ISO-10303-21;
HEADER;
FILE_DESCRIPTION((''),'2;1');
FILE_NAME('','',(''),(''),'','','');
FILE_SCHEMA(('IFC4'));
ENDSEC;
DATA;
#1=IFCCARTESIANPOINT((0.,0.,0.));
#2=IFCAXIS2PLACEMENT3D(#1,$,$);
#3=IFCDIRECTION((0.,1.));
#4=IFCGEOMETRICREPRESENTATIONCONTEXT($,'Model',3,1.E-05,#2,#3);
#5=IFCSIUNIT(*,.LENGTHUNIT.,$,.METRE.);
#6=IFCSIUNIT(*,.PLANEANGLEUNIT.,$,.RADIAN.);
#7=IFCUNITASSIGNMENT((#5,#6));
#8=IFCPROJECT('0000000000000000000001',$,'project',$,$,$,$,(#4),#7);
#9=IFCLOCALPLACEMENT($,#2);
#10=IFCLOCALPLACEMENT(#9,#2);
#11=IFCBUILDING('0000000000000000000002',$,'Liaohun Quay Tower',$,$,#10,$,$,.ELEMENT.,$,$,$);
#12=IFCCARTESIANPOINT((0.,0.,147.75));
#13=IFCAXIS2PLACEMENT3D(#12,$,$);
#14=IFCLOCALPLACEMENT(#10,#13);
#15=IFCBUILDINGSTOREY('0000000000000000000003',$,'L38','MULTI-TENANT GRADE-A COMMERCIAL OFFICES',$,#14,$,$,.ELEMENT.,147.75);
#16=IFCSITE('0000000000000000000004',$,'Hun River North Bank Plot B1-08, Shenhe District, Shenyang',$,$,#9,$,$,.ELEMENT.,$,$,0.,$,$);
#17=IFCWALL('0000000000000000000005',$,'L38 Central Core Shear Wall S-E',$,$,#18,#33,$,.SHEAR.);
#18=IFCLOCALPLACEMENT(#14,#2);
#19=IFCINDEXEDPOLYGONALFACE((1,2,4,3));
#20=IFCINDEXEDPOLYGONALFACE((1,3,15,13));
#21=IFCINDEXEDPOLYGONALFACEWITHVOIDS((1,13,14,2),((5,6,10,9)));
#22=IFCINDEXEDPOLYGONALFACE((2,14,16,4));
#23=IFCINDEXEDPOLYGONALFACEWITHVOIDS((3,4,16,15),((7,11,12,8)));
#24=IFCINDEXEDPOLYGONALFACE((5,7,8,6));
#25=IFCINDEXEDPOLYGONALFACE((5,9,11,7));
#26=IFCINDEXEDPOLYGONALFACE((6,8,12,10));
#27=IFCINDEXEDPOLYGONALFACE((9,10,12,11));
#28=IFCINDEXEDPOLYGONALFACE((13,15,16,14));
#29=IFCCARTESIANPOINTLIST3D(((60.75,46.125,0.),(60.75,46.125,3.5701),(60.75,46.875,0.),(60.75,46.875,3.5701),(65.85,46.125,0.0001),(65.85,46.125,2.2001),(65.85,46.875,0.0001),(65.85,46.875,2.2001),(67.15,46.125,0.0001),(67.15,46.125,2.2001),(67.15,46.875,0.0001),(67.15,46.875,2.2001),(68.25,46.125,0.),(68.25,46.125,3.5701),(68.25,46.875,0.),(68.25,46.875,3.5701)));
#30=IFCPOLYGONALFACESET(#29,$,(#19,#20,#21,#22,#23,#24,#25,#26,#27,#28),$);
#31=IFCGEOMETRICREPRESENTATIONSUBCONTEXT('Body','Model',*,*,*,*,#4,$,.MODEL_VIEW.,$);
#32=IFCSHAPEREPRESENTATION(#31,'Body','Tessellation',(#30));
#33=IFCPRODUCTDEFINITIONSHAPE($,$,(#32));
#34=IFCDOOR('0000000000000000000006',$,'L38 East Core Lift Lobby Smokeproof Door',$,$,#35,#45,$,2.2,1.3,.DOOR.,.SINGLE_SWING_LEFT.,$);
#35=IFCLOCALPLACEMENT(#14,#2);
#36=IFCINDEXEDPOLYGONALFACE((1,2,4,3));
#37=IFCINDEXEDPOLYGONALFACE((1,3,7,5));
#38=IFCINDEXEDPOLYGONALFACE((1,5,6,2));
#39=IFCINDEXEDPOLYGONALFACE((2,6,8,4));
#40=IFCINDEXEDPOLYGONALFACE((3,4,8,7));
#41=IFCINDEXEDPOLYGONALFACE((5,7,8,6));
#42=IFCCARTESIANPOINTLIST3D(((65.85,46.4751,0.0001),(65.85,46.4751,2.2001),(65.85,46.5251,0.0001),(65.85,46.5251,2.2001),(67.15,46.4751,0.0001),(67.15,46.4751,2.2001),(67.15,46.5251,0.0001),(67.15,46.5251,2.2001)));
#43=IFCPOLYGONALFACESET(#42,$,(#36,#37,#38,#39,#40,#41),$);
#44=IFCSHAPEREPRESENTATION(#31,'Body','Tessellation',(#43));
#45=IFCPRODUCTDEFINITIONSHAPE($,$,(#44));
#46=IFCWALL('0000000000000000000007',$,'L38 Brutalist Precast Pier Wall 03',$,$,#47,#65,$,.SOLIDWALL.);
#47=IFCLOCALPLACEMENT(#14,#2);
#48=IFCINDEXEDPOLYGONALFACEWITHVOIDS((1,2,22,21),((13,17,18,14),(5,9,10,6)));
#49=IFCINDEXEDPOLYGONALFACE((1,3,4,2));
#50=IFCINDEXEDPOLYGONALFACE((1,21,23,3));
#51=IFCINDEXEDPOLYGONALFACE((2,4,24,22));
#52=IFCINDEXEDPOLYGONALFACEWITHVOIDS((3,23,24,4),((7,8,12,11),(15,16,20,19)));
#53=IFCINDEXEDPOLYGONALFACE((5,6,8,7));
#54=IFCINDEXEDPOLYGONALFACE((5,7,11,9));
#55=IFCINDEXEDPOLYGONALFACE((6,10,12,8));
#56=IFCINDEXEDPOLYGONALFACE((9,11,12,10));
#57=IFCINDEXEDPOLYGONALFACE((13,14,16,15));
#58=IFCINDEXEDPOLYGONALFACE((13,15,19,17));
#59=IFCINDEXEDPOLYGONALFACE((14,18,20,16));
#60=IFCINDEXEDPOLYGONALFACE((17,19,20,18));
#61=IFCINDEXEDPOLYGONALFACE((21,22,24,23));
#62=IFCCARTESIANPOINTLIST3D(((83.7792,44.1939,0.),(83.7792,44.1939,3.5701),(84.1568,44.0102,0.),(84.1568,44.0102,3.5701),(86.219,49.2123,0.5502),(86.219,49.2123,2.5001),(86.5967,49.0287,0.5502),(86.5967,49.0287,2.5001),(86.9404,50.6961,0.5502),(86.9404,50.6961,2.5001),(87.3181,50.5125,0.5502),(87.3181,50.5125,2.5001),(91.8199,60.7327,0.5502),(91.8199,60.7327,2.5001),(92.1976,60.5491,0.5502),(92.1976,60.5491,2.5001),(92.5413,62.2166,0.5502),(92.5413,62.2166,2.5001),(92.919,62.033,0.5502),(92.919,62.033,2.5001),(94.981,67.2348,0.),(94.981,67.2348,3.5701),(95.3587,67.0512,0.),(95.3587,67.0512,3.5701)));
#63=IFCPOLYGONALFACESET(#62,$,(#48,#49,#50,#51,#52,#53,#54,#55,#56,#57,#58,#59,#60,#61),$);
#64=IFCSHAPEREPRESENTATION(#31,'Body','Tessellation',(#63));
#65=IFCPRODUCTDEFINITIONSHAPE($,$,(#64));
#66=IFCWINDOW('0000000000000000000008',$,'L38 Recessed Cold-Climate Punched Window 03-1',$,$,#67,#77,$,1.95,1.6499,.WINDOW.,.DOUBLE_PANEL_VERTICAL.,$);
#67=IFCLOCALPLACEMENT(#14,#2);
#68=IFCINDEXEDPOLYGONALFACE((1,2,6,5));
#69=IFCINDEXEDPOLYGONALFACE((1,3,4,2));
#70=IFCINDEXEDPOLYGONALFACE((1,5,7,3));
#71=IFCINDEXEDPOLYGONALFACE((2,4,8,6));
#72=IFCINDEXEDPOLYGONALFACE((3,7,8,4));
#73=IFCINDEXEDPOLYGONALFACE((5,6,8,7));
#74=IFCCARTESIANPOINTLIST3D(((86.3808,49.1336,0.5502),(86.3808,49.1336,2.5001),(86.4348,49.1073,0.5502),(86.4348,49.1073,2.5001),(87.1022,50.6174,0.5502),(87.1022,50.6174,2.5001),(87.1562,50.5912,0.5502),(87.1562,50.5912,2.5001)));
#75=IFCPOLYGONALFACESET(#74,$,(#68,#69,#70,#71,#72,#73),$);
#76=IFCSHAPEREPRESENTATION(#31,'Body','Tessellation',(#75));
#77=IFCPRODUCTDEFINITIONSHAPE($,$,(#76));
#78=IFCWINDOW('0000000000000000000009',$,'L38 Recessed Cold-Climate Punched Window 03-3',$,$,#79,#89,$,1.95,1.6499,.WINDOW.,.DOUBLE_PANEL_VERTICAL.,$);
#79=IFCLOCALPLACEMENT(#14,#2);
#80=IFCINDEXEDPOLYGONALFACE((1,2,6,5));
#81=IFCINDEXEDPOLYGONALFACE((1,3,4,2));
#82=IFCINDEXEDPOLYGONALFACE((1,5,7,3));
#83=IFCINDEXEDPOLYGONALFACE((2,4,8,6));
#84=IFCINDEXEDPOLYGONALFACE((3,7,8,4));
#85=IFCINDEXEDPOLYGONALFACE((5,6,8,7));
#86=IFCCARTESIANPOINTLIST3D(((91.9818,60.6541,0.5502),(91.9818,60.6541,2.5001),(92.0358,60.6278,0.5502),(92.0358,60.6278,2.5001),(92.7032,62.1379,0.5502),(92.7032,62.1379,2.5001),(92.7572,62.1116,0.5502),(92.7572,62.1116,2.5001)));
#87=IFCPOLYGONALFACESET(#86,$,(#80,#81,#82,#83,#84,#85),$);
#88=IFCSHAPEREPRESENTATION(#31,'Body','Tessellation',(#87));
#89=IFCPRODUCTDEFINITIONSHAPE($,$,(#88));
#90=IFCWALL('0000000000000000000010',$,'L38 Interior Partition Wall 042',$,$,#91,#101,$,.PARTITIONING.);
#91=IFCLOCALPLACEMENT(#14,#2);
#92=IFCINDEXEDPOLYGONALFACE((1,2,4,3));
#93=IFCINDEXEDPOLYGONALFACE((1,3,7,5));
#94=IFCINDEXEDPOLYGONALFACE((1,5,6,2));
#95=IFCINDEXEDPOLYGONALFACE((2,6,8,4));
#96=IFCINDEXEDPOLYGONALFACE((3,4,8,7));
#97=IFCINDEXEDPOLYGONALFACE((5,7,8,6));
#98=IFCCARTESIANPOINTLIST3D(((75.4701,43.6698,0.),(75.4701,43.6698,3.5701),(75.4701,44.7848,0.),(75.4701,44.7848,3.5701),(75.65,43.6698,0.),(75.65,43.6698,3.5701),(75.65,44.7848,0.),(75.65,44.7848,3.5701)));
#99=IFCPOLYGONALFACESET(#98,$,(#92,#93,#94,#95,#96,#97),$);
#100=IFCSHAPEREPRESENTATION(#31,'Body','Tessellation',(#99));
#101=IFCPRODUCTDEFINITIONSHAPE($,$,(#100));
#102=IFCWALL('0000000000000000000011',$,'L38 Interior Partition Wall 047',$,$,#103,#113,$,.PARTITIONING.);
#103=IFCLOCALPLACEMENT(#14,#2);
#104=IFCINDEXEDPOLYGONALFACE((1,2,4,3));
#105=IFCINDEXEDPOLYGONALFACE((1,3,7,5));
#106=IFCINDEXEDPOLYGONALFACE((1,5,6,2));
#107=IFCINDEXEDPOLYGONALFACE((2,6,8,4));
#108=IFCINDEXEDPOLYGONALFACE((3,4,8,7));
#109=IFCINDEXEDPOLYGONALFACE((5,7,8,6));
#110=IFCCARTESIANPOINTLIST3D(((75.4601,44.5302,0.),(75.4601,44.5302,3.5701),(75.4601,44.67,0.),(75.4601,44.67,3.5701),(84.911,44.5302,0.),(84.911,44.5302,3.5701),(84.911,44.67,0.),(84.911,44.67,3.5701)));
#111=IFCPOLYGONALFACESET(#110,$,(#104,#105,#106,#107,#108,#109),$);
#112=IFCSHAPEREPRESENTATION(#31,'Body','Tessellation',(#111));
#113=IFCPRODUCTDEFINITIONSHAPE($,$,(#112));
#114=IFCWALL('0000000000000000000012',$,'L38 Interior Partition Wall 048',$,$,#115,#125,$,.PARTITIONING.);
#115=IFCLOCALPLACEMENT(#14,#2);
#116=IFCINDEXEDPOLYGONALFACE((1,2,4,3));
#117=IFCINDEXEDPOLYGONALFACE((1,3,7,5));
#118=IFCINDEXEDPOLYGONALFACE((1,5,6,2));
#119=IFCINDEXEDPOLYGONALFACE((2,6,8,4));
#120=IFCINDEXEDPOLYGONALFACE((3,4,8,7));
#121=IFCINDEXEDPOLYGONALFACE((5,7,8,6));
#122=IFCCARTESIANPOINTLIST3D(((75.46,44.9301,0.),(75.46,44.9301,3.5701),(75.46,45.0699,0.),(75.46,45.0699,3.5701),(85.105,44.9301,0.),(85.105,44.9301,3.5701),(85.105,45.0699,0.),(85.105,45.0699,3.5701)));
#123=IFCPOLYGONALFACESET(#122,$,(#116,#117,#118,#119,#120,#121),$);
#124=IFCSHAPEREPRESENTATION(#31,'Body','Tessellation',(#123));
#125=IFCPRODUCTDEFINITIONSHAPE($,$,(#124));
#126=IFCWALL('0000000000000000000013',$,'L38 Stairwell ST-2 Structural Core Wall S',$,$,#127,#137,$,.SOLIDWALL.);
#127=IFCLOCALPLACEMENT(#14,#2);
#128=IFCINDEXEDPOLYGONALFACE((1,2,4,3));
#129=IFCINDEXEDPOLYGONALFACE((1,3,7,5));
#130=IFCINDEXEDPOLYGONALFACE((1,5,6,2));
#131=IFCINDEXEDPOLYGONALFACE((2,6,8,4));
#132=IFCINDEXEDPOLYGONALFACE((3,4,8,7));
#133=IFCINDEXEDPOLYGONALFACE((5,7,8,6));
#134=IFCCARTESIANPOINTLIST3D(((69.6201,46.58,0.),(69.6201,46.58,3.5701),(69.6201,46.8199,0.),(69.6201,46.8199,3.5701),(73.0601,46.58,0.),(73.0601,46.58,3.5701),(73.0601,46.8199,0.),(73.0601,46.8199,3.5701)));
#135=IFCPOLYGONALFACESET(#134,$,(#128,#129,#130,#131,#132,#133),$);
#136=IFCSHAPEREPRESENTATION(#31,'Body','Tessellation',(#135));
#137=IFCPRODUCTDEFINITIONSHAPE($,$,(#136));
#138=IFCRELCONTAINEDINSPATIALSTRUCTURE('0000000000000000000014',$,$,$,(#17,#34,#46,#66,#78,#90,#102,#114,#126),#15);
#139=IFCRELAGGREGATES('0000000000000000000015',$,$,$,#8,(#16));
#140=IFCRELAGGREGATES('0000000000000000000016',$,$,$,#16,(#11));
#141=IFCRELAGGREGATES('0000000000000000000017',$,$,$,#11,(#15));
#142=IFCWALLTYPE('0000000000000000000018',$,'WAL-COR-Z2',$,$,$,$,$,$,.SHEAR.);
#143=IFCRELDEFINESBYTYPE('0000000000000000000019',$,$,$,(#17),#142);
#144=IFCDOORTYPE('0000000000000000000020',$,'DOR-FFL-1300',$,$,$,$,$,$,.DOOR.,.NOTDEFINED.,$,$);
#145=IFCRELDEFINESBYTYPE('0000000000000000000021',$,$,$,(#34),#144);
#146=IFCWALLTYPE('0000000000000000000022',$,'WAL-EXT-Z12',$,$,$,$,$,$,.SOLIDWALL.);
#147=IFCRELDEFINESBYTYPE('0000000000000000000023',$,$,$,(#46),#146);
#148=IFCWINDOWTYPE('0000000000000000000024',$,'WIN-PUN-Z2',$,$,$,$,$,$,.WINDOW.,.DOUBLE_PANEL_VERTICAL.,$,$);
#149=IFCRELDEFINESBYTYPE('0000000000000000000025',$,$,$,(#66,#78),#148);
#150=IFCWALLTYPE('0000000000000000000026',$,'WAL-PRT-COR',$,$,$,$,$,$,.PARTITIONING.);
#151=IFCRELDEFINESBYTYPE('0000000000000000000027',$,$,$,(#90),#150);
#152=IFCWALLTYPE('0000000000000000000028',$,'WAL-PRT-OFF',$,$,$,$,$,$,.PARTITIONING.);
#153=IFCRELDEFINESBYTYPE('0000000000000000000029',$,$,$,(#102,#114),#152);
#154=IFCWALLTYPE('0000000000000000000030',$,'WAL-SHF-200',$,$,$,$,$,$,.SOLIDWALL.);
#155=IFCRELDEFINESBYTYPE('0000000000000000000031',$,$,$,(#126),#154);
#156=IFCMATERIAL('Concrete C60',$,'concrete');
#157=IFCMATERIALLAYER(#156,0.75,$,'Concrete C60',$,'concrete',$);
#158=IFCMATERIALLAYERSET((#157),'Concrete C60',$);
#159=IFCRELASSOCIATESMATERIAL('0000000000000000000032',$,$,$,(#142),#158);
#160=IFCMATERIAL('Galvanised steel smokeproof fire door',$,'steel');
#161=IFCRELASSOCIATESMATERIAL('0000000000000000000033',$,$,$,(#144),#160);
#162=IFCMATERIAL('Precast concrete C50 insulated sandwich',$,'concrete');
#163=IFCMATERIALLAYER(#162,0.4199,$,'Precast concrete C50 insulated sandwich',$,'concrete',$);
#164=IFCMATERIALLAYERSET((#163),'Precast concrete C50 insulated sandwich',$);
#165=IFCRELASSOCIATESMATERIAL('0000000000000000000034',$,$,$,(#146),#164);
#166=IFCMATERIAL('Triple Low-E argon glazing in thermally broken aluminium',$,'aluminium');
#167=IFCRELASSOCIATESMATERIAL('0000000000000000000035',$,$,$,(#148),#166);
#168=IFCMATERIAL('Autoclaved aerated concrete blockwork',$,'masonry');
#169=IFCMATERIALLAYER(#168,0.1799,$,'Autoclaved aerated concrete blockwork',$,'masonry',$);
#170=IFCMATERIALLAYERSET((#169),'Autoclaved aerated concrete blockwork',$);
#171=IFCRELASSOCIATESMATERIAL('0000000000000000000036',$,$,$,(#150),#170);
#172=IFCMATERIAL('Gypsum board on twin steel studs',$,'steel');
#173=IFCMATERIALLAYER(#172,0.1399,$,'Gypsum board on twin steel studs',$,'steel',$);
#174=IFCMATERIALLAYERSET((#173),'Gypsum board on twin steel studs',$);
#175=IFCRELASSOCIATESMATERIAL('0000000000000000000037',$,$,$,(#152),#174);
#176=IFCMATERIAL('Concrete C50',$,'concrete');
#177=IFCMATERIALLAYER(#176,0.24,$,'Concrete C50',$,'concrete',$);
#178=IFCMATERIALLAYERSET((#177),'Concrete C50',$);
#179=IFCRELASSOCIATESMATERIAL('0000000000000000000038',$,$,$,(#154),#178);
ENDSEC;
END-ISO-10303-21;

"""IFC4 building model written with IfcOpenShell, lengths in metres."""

from ifc_helpers import new_model, si_unit, direction, frame, frame_2d, origin, place, context, subcontext, project, spatial, rectangle, extrude, source, transform, mapped, material, layer, layer_set, type_object, element, fill, save


model = new_model("IFC4")

# Units and contexts
model_context = context("Model", 3, precision=1e-05, world=origin(), true_north=direction((0.0, 1.0)))
body_context = subcontext(model_context, "Body", "Model", "MODEL_VIEW")
ifc_project = project(units=[si_unit("LENGTHUNIT", "METRE"), si_unit("PLANEANGLEUNIT", "RADIAN")], contexts=[model_context])

# Site, building, storey
site_placement = place(None, origin())
site = spatial("IfcSite", under=ifc_project, at=site_placement, Name="Hun River North Bank Plot B1-08, Shenhe District, Shenyang", CompositionType="ELEMENT", RefElevation=0.0)
building_placement = place(site_placement, origin())
building = spatial("IfcBuilding", under=site, at=building_placement, Name="Liaohun Quay Tower", CompositionType="ELEMENT")
storey_placement = place(building_placement, frame((0.0, 0.0, 147.75)))
storey = spatial("IfcBuildingStorey", under=building, at=storey_placement, Name="L38", Description="MULTI-TENANT GRADE-A COMMERCIAL OFFICES", CompositionType="ELEMENT", Elevation=147.75)

# Shared definitions
ifc_material_1 = material(Name="Concrete C60", Category="concrete")

# Wall, opening, door
ifc_layer_1 = layer(ifc_material_1, 0.75, Name="Concrete C60", Category="concrete")
ifc_layer_set_1 = layer_set([ifc_layer_1], Name="Concrete C60")
wall_type_1 = type_object("IfcWallType", Name="WAL-COR-Z2", PredefinedType="SHEAR", material=ifc_layer_set_1)
wall_1_placement = place(storey_placement, frame((68.25, 46.5, 0.0), z_axis=(0.0, 0.0, 1.0), x_axis=(-1.0, 0.0, 0.0)))
wall_1 = element("IfcWall", 1, at=wall_1_placement, inside=storey, type_object=wall_type_1, Name="L38 Central Core Shear Wall S-E", PredefinedType="SHEAR", context=body_context, shape_type="SweptSolid", body=[
    extrude(rectangle(XDim=7.5, YDim=0.75, at=frame_2d((3.75, 0.0))), origin(), (0.0, 0.0, 1.0), 3.5701),
])
shared_shape_1 = source(origin(), body_context, "Body", "SweptSolid", [
    extrude(rectangle(XDim=1.3, YDim=2.2, at=frame_2d((0.6499, 1.1001))), frame((0.0, 0.385, 0.0), z_axis=(0.0, -1.0, 0.0), x_axis=(1.0, 0.0, 0.0)), (0.0, 0.0, 1.0), 0.77),
])
opening_1_placement = place(wall_1_placement, frame((1.1001, 0.0, 0.0)))
opening_1 = element("IfcOpeningElement", 2, at=opening_1_placement, cuts=wall_1, PredefinedType="OPENING", context=body_context, shape_type="MappedRepresentation", body=[
    mapped(shared_shape_1, transform((0.0, 0.0, 0.0), x_axis=(1.0, 0.0, 0.0), y_axis=(0.0, 1.0, 0.0), z_axis=(0.0, 0.0, 1.0), scale=1.0)),
])
ifc_material_2 = material(Name="Galvanised steel smokeproof fire door", Category="steel")
door_type = type_object("IfcDoorType", Name="DOR-FFL-1300", OperationType="NOTDEFINED", PredefinedType="DOOR", material=ifc_material_2)
shared_shape_2 = source(origin(), body_context, "Body", "SweptSolid", [
    extrude(rectangle(XDim=1.3, YDim=2.2, at=frame_2d((0.6499, 1.1001))), frame((0.0, 0.0249, 0.0), z_axis=(0.0, -1.0, 0.0), x_axis=(1.0, 0.0, 0.0)), (0.0, 0.0, 1.0), 0.05),
])
door_placement = place(opening_1_placement, origin())
door = element("IfcDoor", 3, at=door_placement, inside=storey, type_object=door_type, Name="L38 East Core Lift Lobby Smokeproof Door", OperationType="SINGLE_SWING_LEFT", OverallHeight=2.2, OverallWidth=1.3, PredefinedType="DOOR", context=body_context, shape_type="MappedRepresentation", body=[
    mapped(shared_shape_2, transform((0.0, 0.0, 0.0), x_axis=(1.0, 0.0, 0.0), y_axis=(0.0, 1.0, 0.0), z_axis=(0.0, 0.0, 1.0), scale=1.0)),
])
fill(opening_1, door)

# Wall, openings, windows
ifc_material_3 = material(Name="Precast concrete C50 insulated sandwich", Category="concrete")
ifc_layer_2 = layer(ifc_material_3, 0.4199, Name="Precast concrete C50 insulated sandwich", Category="concrete")
ifc_layer_set_2 = layer_set([ifc_layer_2], Name="Precast concrete C50 insulated sandwich")
wall_type_2 = type_object("IfcWallType", Name="WAL-EXT-Z12", PredefinedType="SOLIDWALL", material=ifc_layer_set_2)
wall_2_placement = place(storey_placement, frame((83.968, 44.1021, 0.0), z_axis=(0.0, 0.0, 1.0), x_axis=(0.437237, 0.899346, 0.0)))
wall_2 = element("IfcWall", 4, at=wall_2_placement, inside=storey, type_object=wall_type_2, Name="L38 Brutalist Precast Pier Wall 03", PredefinedType="SOLIDWALL", context=body_context, shape_type="SweptSolid", body=[
    extrude(rectangle(XDim=25.6196, YDim=0.4199, at=frame_2d((12.8098, 0.0))), origin(), (0.0, 0.0, 1.0), 3.5701),
])
shared_shape_3 = source(origin(), body_context, "Body", "SweptSolid", [
    extrude(rectangle(XDim=1.6499, YDim=1.95, at=frame_2d((0.825, 0.9751))), frame((0.0, 0.22, 0.0), z_axis=(0.0, -1.0, 0.0), x_axis=(1.0, 0.0, 0.0)), (0.0, 0.0, 1.0), 0.4399),
])
opening_2_placement = place(wall_2_placement, frame((5.5801, 0.0, 0.55)))
opening_2 = element("IfcOpeningElement", 5, at=opening_2_placement, cuts=wall_2, PredefinedType="OPENING", context=body_context, shape_type="MappedRepresentation", body=[
    mapped(shared_shape_3, transform((0.0, 0.0, 0.0), x_axis=(1.0, 0.0, 0.0), y_axis=(0.0, 1.0, 0.0), z_axis=(0.0, 0.0, 1.0), scale=1.0)),
])
opening_3_placement = place(wall_2_placement, frame((18.3899, 0.0, 0.55)))
opening_3 = element("IfcOpeningElement", 6, at=opening_3_placement, cuts=wall_2, PredefinedType="OPENING", context=body_context, shape_type="MappedRepresentation", body=[
    mapped(shared_shape_3, transform((0.0, 0.0, 0.0), x_axis=(1.0, 0.0, 0.0), y_axis=(0.0, 1.0, 0.0), z_axis=(0.0, 0.0, 1.0), scale=1.0)),
])
ifc_material_4 = material(Name="Triple Low-E argon glazing in thermally broken aluminium", Category="aluminium")
window_type = type_object("IfcWindowType", Name="WIN-PUN-Z2", PartitioningType="DOUBLE_PANEL_VERTICAL", PredefinedType="WINDOW", material=ifc_material_4)
shared_shape_4 = source(origin(), body_context, "Body", "SweptSolid", [
    extrude(rectangle(XDim=1.6499, YDim=1.95, at=frame_2d((0.825, 0.9751))), frame((0.0, 0.03, 0.0), z_axis=(0.0, -1.0, 0.0), x_axis=(1.0, 0.0, 0.0)), (0.0, 0.0, 1.0), 0.0601),
])
window_1_placement = place(opening_2_placement, origin())
window_1 = element("IfcWindow", 7, at=window_1_placement, inside=storey, type_object=window_type, Name="L38 Recessed Cold-Climate Punched Window 03-1", OverallHeight=1.95, OverallWidth=1.6499, PartitioningType="DOUBLE_PANEL_VERTICAL", PredefinedType="WINDOW", context=body_context, shape_type="MappedRepresentation", body=[
    mapped(shared_shape_4, transform((0.0, 0.0, 0.0), x_axis=(1.0, 0.0, 0.0), y_axis=(0.0, 1.0, 0.0), z_axis=(0.0, 0.0, 1.0), scale=1.0)),
])
fill(opening_2, window_1)
window_2_placement = place(opening_3_placement, origin())
window_2 = element("IfcWindow", 8, at=window_2_placement, inside=storey, type_object=window_type, Name="L38 Recessed Cold-Climate Punched Window 03-3", OverallHeight=1.95, OverallWidth=1.6499, PartitioningType="DOUBLE_PANEL_VERTICAL", PredefinedType="WINDOW", context=body_context, shape_type="MappedRepresentation", body=[
    mapped(shared_shape_4, transform((0.0, 0.0, 0.0), x_axis=(1.0, 0.0, 0.0), y_axis=(0.0, 1.0, 0.0), z_axis=(0.0, 0.0, 1.0), scale=1.0)),
])
fill(opening_3, window_2)

# Walls
ifc_material_5 = material(Name="Autoclaved aerated concrete blockwork", Category="masonry")
ifc_layer_3 = layer(ifc_material_5, 0.1799, Name="Autoclaved aerated concrete blockwork", Category="masonry")
ifc_layer_set_3 = layer_set([ifc_layer_3], Name="Autoclaved aerated concrete blockwork")
wall_type_3 = type_object("IfcWallType", Name="WAL-PRT-COR", PredefinedType="PARTITIONING", material=ifc_layer_set_3)
wall_3_placement = place(storey_placement, frame((75.5601, 44.7849, 0.0), z_axis=(0.0, 0.0, 1.0), x_axis=(0.0, -1.0, 0.0)))
element("IfcWall", 9, at=wall_3_placement, inside=storey, type_object=wall_type_3, Name="L38 Interior Partition Wall 042", PredefinedType="PARTITIONING", context=body_context, shape_type="SweptSolid", body=[
    extrude(rectangle(XDim=1.115, YDim=0.1799, at=frame_2d((0.5576, 0.0))), origin(), (0.0, 0.0, 1.0), 3.5701),
])
ifc_material_6 = material(Name="Gypsum board on twin steel studs", Category="steel")
ifc_layer_4 = layer(ifc_material_6, 0.1399, Name="Gypsum board on twin steel studs", Category="steel")
ifc_layer_set_4 = layer_set([ifc_layer_4], Name="Gypsum board on twin steel studs")
wall_type_4 = type_object("IfcWallType", Name="WAL-PRT-OFF", PredefinedType="PARTITIONING", material=ifc_layer_set_4)
wall_4_placement = place(storey_placement, frame((75.46, 44.6001, 0.0), z_axis=(0.0, 0.0, 1.0), x_axis=(1.0, 0.0, 0.0)))
element("IfcWall", 10, at=wall_4_placement, inside=storey, type_object=wall_type_4, Name="L38 Interior Partition Wall 047", PredefinedType="PARTITIONING", context=body_context, shape_type="SweptSolid", body=[
    extrude(rectangle(XDim=9.4509, YDim=0.1399, at=frame_2d((4.7256, 0.0))), origin(), (0.0, 0.0, 1.0), 3.5701),
])
wall_5_placement = place(storey_placement, frame((75.46, 45.0, 0.0), z_axis=(0.0, 0.0, 1.0), x_axis=(1.0, 0.0, 0.0)))
element("IfcWall", 11, at=wall_5_placement, inside=storey, type_object=wall_type_4, Name="L38 Interior Partition Wall 048", PredefinedType="PARTITIONING", context=body_context, shape_type="SweptSolid", body=[
    extrude(rectangle(XDim=9.645, YDim=0.1399, at=frame_2d((4.8225, 0.0))), origin(), (0.0, 0.0, 1.0), 3.5701),
])
ifc_material_7 = material(Name="Concrete C50", Category="concrete")
ifc_layer_5 = layer(ifc_material_7, 0.24, Name="Concrete C50", Category="concrete")
ifc_layer_set_5 = layer_set([ifc_layer_5], Name="Concrete C50")
wall_type_5 = type_object("IfcWallType", Name="WAL-SHF-200", PredefinedType="SOLIDWALL", material=ifc_layer_set_5)
wall_6_placement = place(storey_placement, frame((69.6201, 46.7, 0.0), z_axis=(0.0, 0.0, 1.0), x_axis=(1.0, 0.0, 0.0)))
element("IfcWall", 12, at=wall_6_placement, inside=storey, type_object=wall_type_5, Name="L38 Stairwell ST-2 Structural Core Wall S", PredefinedType="SOLIDWALL", context=body_context, shape_type="SweptSolid", body=[
    extrude(rectangle(XDim=3.4399, YDim=0.24, at=frame_2d((1.72, 0.0))), origin(), (0.0, 0.0, 1.0), 3.5701),
])

save(model, "model.ifc")
